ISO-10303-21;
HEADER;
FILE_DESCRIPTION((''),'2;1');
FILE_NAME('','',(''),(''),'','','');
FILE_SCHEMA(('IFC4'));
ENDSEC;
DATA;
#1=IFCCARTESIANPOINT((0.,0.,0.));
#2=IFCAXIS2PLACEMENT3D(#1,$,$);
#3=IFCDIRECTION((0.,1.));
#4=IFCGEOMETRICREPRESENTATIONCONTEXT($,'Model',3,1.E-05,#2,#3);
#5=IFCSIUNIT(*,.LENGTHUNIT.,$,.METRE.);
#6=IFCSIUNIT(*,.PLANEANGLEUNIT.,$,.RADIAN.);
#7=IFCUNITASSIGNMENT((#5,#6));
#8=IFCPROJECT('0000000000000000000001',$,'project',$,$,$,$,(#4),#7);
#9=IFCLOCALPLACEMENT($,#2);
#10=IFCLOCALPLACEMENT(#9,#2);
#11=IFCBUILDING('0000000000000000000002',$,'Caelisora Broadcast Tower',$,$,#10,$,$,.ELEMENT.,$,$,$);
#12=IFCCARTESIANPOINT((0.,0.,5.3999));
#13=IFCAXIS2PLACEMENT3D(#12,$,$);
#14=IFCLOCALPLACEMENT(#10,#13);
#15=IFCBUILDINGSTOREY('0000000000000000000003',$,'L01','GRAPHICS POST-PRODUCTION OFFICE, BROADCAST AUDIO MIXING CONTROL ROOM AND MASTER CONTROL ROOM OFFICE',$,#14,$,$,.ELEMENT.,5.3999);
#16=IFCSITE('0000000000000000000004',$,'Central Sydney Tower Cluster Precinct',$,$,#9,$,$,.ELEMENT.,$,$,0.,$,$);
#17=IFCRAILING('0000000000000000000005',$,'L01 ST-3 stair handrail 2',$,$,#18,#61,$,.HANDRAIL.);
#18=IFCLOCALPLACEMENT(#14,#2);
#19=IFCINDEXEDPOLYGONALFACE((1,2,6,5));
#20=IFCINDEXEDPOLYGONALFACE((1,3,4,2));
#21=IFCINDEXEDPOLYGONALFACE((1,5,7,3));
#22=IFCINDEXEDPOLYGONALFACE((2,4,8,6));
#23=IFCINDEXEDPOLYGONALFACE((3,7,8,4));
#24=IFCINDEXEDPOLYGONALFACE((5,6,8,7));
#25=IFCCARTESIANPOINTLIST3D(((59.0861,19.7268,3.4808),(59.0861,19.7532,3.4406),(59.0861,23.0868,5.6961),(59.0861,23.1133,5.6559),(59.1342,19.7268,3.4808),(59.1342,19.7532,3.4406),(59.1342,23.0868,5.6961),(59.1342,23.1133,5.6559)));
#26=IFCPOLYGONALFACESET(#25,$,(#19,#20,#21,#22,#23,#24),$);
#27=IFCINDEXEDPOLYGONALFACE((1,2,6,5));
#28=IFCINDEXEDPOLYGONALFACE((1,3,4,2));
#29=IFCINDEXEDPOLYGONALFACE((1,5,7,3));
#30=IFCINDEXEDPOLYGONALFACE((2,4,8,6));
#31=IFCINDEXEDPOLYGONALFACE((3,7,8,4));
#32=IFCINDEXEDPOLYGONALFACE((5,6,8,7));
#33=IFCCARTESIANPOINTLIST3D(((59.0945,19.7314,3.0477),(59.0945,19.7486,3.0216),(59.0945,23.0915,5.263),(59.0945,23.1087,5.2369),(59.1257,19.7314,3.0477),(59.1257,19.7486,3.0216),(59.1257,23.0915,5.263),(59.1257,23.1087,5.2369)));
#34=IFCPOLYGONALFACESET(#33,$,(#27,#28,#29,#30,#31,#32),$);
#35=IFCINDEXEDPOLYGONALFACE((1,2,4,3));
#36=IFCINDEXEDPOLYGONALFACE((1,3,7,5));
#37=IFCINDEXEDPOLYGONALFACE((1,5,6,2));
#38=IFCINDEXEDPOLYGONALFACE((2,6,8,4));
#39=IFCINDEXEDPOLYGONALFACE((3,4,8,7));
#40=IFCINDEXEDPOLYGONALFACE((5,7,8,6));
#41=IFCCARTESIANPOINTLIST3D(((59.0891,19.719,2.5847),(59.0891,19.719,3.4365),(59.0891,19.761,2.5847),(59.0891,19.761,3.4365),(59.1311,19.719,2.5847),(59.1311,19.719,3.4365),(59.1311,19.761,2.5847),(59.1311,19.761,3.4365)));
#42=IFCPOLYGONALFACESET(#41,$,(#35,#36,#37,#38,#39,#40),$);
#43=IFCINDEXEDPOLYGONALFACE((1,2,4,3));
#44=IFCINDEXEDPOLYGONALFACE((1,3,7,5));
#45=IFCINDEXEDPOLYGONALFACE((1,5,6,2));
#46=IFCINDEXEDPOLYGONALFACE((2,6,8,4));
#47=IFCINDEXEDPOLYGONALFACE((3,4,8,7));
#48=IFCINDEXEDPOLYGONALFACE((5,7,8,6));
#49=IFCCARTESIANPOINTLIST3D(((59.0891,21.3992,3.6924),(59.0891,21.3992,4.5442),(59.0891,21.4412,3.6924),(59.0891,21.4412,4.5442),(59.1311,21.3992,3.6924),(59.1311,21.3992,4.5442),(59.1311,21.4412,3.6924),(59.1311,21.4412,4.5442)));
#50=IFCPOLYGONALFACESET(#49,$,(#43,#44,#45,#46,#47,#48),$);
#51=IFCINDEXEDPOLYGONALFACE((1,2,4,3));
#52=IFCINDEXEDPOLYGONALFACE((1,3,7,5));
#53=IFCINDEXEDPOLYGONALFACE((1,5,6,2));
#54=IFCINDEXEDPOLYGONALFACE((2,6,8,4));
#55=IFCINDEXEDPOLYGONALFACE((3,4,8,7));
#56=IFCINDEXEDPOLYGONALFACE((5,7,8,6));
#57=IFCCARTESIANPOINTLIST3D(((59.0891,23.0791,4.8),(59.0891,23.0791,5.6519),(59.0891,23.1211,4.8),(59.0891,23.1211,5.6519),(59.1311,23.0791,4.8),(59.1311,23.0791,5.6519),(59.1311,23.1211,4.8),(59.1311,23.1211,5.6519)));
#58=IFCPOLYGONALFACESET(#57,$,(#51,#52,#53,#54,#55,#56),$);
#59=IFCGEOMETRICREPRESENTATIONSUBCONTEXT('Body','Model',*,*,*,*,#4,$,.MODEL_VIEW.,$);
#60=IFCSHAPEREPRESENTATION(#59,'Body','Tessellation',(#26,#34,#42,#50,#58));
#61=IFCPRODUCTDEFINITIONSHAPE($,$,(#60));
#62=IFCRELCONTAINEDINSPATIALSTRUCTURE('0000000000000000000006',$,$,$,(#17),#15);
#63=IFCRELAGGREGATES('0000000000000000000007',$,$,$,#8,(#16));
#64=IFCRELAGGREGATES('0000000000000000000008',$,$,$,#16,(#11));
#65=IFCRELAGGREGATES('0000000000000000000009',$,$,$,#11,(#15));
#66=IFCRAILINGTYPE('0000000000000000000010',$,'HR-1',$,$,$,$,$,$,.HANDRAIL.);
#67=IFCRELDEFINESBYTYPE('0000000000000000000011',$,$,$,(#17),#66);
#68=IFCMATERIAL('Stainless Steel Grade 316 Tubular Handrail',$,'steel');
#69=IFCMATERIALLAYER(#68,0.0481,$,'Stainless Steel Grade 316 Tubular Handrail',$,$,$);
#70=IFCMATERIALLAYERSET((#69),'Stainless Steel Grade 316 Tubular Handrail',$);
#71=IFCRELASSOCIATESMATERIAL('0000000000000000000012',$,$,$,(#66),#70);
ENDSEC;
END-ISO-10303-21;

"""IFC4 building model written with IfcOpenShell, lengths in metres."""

from ifc_helpers import new_model, si_unit, direction, frame, origin, origin_2d, place, context, subcontext, project, spatial, rectangle, extrude, material, layer, layer_set, type_object, element, save


model = new_model("IFC4")

# Units and contexts
model_context = context("Model", 3, precision=1e-05, world=origin(), true_north=direction((0.0, 1.0)))
body_context = subcontext(model_context, "Body", "Model", "MODEL_VIEW")
ifc_project = project(units=[si_unit("LENGTHUNIT", "METRE"), si_unit("PLANEANGLEUNIT", "RADIAN")], contexts=[model_context])

# Site, building, storey
site_placement = place(None, origin())
site = spatial("IfcSite", under=ifc_project, at=site_placement, Name="Central Sydney Tower Cluster Precinct", CompositionType="ELEMENT", RefElevation=0.0)
building_placement = place(site_placement, origin())
building = spatial("IfcBuilding", under=site, at=building_placement, Name="Caelisora Broadcast Tower", CompositionType="ELEMENT")
storey_placement = place(building_placement, frame((0.0, 0.0, 5.3999)))
storey = spatial("IfcBuildingStorey", under=building, at=storey_placement, Name="L01", Description="GRAPHICS POST-PRODUCTION OFFICE, BROADCAST AUDIO MIXING CONTROL ROOM AND MASTER CONTROL ROOM OFFICE", CompositionType="ELEMENT", Elevation=5.3999)

# Railing
ifc_material_1 = material(Name="Stainless Steel Grade 316 Tubular Handrail", Category="steel")
ifc_layer_1 = layer(ifc_material_1, 0.0481, Name="Stainless Steel Grade 316 Tubular Handrail")
ifc_layer_set_1 = layer_set([ifc_layer_1], Name="Stainless Steel Grade 316 Tubular Handrail")
railing_type_1 = type_object("IfcRailingType", Name="HR-1", PredefinedType="HANDRAIL", material=ifc_layer_set_1)
railing_1_placement = place(storey_placement, frame((59.1101, 19.74, 2.5847)))
element("IfcRailing", 1, at=railing_1_placement, inside=storey, type_object=railing_type_1, Name="L01 ST-3 stair handrail 2", PredefinedType="HANDRAIL", context=body_context, shape_type="SweptSolid", body=[
    extrude(rectangle(XDim=0.0481, YDim=0.0481, at=origin_2d()), frame((0.0, 0.0, 0.876), z_axis=(0.0, 0.834876, 0.550437), x_axis=(-1.0, 0.0, 0.0)), (0.0, 0.0, 1.0), 4.0247),
    extrude(rectangle(XDim=0.0312, YDim=0.0312, at=origin_2d()), frame((0.0, 0.0, 0.45), z_axis=(0.0, 0.834876, 0.550437), x_axis=(-1.0, 0.0, 0.0)), (0.0, 0.0, 1.0), 4.0247),
    extrude(rectangle(XDim=0.042, YDim=0.042, at=origin_2d()), origin(), (0.0, 0.0, 1.0), 0.8518),
    extrude(rectangle(XDim=0.042, YDim=0.042, at=origin_2d()), frame((0.0, 1.6802, 1.1077)), (0.0, 0.0, 1.0), 0.8518),
    extrude(rectangle(XDim=0.042, YDim=0.042, at=origin_2d()), frame((0.0, 3.3601, 2.2153)), (0.0, 0.0, 1.0), 0.8518),
])

save(model, "model.ifc")
